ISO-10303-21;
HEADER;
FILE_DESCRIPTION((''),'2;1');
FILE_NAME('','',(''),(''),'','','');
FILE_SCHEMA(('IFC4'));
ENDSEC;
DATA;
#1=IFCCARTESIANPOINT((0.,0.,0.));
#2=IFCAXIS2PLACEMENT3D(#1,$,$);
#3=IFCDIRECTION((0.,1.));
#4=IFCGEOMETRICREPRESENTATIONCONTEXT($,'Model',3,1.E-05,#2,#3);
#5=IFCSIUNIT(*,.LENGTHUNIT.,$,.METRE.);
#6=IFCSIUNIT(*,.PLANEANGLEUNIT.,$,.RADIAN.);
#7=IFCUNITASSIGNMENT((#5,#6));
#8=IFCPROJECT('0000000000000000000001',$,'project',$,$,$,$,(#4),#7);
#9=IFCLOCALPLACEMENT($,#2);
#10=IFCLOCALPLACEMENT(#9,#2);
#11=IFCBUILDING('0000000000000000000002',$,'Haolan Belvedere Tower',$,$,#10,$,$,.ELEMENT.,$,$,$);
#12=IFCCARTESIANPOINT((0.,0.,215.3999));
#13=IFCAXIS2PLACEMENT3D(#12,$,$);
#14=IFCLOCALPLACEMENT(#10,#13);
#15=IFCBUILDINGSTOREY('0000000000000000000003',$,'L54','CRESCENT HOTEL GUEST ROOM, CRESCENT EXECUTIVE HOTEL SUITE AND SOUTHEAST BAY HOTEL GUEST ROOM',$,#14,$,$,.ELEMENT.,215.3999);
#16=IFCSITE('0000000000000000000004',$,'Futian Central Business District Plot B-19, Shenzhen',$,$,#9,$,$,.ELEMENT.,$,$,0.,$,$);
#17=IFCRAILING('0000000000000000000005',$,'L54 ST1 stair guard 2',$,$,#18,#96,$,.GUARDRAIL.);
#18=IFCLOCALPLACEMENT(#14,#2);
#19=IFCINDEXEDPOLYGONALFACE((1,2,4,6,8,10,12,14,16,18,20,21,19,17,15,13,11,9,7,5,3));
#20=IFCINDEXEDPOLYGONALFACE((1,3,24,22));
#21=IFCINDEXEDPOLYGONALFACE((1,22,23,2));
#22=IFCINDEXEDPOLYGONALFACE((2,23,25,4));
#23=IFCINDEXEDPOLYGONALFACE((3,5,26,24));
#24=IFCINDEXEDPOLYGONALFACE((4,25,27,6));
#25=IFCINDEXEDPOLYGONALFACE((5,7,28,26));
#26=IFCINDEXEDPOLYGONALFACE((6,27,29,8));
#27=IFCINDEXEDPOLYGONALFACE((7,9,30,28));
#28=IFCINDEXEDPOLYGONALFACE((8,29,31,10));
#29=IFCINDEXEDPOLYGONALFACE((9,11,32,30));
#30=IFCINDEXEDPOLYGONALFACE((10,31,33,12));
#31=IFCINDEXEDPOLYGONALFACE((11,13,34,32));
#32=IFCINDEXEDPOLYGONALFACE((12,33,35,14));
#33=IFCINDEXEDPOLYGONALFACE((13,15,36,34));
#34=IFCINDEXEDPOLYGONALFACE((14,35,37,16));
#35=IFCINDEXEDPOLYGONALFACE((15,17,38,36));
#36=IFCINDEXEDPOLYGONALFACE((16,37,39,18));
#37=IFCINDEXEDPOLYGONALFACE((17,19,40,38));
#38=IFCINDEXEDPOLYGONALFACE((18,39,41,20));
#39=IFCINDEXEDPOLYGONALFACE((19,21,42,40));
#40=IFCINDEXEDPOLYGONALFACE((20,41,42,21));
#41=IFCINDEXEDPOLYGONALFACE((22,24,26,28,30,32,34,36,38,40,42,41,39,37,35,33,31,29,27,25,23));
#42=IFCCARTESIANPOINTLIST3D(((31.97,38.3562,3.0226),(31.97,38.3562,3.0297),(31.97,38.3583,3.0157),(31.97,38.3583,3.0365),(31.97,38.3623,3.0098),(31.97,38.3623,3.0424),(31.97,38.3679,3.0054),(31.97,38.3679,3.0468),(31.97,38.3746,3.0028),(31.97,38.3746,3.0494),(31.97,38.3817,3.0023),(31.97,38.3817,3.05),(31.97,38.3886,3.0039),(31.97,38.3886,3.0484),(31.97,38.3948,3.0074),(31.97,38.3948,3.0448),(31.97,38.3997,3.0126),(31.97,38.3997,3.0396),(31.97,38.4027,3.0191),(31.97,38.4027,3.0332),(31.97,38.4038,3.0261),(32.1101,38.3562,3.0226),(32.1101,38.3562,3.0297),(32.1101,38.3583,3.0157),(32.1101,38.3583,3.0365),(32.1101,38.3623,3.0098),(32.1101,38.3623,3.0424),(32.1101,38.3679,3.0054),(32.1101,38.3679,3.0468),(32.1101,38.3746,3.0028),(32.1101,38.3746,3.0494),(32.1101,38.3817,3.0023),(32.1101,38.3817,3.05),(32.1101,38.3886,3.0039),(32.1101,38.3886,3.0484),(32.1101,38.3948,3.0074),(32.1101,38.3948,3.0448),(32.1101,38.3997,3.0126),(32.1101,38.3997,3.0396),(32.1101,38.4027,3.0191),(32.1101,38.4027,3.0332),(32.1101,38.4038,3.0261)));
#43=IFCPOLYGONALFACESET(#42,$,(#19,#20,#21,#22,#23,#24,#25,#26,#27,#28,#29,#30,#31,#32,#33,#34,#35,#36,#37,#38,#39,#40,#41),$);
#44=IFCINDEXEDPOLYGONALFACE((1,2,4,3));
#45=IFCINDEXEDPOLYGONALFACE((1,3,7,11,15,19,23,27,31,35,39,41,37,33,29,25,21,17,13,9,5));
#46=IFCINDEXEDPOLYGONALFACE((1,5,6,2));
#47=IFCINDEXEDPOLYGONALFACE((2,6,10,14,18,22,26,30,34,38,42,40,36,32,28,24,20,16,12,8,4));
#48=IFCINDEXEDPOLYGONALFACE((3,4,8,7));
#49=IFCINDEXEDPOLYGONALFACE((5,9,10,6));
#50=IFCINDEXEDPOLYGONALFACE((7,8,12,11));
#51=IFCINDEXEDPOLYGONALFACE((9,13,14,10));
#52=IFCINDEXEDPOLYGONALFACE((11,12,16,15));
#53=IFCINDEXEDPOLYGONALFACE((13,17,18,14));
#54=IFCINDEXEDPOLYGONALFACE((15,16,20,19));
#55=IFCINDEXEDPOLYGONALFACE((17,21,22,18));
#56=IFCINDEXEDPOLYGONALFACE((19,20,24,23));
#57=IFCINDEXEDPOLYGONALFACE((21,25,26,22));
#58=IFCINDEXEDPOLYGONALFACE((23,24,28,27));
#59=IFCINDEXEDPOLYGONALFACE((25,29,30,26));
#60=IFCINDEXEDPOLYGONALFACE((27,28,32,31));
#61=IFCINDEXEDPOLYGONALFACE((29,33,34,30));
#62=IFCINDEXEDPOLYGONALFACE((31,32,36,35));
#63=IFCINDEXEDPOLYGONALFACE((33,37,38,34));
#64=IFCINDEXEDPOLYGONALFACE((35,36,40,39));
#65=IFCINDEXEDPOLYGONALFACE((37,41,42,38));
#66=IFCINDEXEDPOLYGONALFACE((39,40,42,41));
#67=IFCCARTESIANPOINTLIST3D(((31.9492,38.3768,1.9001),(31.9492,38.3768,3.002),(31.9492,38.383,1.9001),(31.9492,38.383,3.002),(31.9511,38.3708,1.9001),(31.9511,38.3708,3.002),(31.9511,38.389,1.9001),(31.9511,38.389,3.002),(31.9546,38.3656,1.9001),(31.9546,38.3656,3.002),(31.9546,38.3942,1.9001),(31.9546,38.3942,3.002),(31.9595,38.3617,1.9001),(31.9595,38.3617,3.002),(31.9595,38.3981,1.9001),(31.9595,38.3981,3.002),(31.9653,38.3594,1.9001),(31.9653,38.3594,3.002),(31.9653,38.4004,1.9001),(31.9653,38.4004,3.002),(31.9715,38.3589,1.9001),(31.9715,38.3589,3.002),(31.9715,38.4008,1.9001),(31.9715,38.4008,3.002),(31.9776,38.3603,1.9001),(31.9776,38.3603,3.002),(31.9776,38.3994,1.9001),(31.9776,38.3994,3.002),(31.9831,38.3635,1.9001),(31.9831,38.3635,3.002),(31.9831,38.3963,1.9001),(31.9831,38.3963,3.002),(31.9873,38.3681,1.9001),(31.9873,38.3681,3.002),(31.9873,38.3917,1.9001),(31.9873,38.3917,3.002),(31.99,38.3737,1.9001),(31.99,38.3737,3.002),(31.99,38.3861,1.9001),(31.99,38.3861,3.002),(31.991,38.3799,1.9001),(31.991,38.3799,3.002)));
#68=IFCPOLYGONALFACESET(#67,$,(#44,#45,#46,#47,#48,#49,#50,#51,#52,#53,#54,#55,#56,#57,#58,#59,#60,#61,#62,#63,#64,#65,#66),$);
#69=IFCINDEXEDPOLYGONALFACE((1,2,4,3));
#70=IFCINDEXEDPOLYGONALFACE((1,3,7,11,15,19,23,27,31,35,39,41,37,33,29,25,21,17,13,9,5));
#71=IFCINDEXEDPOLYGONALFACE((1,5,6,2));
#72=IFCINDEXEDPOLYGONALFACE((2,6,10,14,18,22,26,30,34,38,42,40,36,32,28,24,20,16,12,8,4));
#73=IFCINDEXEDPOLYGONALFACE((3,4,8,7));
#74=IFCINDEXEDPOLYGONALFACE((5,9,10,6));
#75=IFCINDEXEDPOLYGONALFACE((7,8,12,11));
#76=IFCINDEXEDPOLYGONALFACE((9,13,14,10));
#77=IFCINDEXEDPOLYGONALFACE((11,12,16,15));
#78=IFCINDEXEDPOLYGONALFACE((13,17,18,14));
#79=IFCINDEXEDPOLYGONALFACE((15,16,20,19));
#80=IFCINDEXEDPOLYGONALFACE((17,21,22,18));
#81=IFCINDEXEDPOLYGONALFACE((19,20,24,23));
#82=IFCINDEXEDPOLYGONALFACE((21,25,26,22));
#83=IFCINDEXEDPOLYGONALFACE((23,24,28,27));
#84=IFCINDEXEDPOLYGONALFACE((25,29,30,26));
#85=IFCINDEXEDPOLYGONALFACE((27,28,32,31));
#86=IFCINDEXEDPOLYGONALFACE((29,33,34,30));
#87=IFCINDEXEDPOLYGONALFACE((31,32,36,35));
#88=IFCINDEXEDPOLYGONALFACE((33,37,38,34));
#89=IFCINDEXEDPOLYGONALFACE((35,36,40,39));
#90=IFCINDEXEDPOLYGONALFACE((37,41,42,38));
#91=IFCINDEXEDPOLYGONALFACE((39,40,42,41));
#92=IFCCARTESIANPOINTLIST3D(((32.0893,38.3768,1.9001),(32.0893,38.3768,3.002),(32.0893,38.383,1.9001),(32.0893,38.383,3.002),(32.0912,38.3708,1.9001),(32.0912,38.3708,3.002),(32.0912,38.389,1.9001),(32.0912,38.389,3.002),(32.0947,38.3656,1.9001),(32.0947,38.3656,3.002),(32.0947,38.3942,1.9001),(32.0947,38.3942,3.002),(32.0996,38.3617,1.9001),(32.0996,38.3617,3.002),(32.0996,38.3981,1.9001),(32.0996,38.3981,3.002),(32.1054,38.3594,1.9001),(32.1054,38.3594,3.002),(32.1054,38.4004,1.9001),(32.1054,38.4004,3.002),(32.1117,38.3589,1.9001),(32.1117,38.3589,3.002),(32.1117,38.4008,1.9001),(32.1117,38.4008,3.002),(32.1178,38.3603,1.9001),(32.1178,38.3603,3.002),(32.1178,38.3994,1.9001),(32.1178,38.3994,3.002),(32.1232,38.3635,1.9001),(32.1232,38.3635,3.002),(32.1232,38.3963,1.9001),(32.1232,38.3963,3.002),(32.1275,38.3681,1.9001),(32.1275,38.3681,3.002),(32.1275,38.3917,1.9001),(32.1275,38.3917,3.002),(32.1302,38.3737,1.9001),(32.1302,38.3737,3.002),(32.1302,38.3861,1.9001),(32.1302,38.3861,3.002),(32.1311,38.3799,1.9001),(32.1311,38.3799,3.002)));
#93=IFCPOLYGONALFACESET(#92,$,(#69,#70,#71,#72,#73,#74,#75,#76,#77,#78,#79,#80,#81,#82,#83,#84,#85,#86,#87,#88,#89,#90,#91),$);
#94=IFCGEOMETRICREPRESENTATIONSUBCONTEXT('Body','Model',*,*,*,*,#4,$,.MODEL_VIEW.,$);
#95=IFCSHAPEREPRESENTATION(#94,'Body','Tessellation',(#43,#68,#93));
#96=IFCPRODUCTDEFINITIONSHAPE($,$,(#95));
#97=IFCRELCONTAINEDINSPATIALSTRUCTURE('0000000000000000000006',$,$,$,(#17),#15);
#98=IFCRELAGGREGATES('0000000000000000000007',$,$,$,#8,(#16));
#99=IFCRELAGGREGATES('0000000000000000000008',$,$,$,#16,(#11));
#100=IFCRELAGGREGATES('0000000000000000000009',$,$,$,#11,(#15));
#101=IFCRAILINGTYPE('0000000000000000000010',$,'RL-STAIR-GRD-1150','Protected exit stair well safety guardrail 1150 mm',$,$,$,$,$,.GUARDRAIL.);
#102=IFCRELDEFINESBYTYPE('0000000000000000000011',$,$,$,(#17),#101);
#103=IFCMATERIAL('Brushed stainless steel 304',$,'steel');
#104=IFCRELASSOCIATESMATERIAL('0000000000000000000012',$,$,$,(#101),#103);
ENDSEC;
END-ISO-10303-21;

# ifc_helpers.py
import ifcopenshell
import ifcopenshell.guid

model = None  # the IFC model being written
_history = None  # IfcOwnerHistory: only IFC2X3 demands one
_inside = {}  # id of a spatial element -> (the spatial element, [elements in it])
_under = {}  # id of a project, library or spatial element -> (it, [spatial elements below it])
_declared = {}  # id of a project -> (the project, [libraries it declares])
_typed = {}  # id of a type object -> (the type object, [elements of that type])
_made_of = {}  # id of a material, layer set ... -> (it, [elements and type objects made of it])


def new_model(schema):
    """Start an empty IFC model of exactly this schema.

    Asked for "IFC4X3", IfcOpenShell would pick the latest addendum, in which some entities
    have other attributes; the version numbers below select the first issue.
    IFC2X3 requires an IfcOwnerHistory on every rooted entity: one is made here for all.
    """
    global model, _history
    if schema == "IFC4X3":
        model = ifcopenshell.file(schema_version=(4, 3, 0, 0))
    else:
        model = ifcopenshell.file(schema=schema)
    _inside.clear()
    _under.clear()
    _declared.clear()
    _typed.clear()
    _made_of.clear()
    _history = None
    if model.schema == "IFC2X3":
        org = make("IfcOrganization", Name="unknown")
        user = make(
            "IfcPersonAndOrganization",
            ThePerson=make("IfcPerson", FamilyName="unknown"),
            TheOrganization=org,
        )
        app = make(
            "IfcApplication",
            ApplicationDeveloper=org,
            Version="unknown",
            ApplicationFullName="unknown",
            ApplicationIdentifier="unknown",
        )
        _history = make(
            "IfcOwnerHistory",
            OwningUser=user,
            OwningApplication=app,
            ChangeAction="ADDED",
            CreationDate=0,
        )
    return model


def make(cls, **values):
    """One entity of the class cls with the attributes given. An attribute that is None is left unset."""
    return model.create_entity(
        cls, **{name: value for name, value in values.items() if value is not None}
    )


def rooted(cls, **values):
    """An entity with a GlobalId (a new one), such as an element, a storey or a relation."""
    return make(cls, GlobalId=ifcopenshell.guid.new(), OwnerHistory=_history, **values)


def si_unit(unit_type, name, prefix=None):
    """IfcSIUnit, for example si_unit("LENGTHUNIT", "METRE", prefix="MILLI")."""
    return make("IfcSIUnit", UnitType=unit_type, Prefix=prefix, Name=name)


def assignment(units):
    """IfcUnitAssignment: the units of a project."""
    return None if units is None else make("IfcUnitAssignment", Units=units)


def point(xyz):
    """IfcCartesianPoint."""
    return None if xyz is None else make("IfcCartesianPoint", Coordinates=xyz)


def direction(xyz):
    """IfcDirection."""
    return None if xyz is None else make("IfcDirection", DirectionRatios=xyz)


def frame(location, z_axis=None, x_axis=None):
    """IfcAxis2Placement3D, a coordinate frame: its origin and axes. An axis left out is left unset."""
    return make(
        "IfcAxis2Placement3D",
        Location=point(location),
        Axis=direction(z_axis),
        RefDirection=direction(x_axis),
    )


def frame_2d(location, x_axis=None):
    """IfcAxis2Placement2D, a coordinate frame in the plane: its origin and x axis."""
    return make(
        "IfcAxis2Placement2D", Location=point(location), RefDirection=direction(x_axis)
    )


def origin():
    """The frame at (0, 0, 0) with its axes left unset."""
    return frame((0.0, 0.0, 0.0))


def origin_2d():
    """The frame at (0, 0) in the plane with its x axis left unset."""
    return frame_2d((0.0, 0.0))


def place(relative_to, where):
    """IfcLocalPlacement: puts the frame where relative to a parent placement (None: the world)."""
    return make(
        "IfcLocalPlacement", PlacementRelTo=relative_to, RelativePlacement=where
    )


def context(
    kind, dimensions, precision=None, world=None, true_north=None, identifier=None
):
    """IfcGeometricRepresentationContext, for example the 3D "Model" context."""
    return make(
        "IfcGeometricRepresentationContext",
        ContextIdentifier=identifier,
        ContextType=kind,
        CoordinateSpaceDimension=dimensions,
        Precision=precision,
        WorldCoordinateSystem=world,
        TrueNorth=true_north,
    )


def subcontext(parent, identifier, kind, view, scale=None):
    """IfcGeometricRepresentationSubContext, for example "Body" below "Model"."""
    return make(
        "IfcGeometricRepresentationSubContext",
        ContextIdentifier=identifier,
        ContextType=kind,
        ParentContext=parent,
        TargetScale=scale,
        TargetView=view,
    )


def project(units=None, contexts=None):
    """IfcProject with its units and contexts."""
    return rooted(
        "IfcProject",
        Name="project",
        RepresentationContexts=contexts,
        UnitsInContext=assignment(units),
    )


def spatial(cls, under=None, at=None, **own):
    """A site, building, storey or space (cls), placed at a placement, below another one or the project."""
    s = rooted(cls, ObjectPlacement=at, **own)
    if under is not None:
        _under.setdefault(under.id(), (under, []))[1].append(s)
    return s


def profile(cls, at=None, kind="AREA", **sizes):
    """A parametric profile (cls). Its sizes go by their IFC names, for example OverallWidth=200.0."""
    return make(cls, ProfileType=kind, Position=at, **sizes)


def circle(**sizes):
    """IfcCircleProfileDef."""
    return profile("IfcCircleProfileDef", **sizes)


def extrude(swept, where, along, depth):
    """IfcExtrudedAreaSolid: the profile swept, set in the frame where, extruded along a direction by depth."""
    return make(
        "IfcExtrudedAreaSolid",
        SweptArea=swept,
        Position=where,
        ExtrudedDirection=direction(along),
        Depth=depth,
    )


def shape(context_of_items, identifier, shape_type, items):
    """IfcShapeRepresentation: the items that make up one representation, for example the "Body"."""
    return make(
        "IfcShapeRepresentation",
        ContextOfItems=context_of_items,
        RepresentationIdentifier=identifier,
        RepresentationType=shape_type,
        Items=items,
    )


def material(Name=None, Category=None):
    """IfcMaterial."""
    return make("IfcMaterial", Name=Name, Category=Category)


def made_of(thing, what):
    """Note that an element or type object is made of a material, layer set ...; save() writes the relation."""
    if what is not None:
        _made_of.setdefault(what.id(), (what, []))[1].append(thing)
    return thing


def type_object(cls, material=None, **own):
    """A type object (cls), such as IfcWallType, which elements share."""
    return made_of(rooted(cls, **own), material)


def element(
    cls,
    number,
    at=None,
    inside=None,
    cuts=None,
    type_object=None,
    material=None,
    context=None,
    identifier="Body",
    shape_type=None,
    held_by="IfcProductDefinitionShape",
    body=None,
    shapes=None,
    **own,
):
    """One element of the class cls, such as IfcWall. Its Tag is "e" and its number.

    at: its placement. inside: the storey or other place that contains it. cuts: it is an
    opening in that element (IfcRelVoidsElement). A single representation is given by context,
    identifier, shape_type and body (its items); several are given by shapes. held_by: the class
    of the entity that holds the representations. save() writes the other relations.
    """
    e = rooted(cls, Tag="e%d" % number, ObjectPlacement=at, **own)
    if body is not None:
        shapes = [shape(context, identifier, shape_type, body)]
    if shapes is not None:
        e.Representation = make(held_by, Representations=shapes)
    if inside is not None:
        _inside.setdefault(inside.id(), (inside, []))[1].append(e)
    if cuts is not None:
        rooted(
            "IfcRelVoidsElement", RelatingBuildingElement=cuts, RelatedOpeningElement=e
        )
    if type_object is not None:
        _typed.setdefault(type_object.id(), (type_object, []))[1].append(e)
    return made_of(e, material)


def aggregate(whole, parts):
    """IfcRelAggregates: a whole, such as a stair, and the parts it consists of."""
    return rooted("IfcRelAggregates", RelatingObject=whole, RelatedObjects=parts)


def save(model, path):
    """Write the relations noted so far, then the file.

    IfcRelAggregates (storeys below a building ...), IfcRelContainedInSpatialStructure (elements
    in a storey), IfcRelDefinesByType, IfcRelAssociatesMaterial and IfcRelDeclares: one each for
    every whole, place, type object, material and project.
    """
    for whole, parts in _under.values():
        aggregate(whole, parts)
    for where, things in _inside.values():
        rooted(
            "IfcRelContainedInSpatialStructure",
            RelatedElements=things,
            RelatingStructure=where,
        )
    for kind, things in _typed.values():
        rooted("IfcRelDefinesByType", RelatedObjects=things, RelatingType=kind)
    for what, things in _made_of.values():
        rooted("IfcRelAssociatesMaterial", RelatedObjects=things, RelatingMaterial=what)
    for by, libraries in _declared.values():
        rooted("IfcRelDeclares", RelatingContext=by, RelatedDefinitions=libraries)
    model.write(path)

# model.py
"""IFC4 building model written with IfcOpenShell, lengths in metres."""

from ifc_helpers import new_model, si_unit, direction, frame, origin, origin_2d, place, context, subcontext, project, spatial, circle, extrude, material, type_object, element, save


model = new_model("IFC4")

# Units and contexts
model_context = context("Model", 3, precision=1e-05, world=origin(), true_north=direction((0.0, 1.0)))
body_context = subcontext(model_context, "Body", "Model", "MODEL_VIEW")
ifc_project = project(units=[si_unit("LENGTHUNIT", "METRE"), si_unit("PLANEANGLEUNIT", "RADIAN")], contexts=[model_context])

# Site, building, storey
site_placement = place(None, origin())
site = spatial("IfcSite", under=ifc_project, at=site_placement, Name="Futian Central Business District Plot B-19, Shenzhen", CompositionType="ELEMENT", RefElevation=0.0)
building_placement = place(site_placement, origin())
building = spatial("IfcBuilding", under=site, at=building_placement, Name="Haolan Belvedere Tower", CompositionType="ELEMENT")
storey_placement = place(building_placement, frame((0.0, 0.0, 215.3999)))
storey = spatial("IfcBuildingStorey", under=building, at=storey_placement, Name="L54", Description="CRESCENT HOTEL GUEST ROOM, CRESCENT EXECUTIVE HOTEL SUITE AND SOUTHEAST BAY HOTEL GUEST ROOM", CompositionType="ELEMENT", Elevation=215.3999)

# Railing
ifc_material_1 = material(Name="Brushed stainless steel 304", Category="steel")
railing_type_1 = type_object("IfcRailingType", Name="RL-STAIR-GRD-1150", Description="Protected exit stair well safety guardrail 1150 mm", PredefinedType="GUARDRAIL", material=ifc_material_1)
railing_1_placement = place(storey_placement, frame((31.97, 38.3799, 1.9001)))
element("IfcRailing", 1, at=railing_1_placement, inside=storey, type_object=railing_type_1, Name="L54 ST1 stair guard 2", PredefinedType="GUARDRAIL", context=body_context, shape_type="SweptSolid", body=[
    extrude(circle(Radius=0.0239, at=origin_2d()), frame((0.0, 0.0, 1.126), z_axis=(1.0, 0.0, 0.0), x_axis=(0.0, 1.0, 0.0)), (0.0, 0.0, 1.0), 0.1401),
    extrude(circle(Radius=0.021, at=origin_2d()), origin(), (0.0, 0.0, 1.0), 1.1018),
    extrude(circle(Radius=0.021, at=origin_2d()), frame((0.1401, 0.0, 0.0)), (0.0, 0.0, 1.0), 1.1018),
])

save(model, "model.ifc")
